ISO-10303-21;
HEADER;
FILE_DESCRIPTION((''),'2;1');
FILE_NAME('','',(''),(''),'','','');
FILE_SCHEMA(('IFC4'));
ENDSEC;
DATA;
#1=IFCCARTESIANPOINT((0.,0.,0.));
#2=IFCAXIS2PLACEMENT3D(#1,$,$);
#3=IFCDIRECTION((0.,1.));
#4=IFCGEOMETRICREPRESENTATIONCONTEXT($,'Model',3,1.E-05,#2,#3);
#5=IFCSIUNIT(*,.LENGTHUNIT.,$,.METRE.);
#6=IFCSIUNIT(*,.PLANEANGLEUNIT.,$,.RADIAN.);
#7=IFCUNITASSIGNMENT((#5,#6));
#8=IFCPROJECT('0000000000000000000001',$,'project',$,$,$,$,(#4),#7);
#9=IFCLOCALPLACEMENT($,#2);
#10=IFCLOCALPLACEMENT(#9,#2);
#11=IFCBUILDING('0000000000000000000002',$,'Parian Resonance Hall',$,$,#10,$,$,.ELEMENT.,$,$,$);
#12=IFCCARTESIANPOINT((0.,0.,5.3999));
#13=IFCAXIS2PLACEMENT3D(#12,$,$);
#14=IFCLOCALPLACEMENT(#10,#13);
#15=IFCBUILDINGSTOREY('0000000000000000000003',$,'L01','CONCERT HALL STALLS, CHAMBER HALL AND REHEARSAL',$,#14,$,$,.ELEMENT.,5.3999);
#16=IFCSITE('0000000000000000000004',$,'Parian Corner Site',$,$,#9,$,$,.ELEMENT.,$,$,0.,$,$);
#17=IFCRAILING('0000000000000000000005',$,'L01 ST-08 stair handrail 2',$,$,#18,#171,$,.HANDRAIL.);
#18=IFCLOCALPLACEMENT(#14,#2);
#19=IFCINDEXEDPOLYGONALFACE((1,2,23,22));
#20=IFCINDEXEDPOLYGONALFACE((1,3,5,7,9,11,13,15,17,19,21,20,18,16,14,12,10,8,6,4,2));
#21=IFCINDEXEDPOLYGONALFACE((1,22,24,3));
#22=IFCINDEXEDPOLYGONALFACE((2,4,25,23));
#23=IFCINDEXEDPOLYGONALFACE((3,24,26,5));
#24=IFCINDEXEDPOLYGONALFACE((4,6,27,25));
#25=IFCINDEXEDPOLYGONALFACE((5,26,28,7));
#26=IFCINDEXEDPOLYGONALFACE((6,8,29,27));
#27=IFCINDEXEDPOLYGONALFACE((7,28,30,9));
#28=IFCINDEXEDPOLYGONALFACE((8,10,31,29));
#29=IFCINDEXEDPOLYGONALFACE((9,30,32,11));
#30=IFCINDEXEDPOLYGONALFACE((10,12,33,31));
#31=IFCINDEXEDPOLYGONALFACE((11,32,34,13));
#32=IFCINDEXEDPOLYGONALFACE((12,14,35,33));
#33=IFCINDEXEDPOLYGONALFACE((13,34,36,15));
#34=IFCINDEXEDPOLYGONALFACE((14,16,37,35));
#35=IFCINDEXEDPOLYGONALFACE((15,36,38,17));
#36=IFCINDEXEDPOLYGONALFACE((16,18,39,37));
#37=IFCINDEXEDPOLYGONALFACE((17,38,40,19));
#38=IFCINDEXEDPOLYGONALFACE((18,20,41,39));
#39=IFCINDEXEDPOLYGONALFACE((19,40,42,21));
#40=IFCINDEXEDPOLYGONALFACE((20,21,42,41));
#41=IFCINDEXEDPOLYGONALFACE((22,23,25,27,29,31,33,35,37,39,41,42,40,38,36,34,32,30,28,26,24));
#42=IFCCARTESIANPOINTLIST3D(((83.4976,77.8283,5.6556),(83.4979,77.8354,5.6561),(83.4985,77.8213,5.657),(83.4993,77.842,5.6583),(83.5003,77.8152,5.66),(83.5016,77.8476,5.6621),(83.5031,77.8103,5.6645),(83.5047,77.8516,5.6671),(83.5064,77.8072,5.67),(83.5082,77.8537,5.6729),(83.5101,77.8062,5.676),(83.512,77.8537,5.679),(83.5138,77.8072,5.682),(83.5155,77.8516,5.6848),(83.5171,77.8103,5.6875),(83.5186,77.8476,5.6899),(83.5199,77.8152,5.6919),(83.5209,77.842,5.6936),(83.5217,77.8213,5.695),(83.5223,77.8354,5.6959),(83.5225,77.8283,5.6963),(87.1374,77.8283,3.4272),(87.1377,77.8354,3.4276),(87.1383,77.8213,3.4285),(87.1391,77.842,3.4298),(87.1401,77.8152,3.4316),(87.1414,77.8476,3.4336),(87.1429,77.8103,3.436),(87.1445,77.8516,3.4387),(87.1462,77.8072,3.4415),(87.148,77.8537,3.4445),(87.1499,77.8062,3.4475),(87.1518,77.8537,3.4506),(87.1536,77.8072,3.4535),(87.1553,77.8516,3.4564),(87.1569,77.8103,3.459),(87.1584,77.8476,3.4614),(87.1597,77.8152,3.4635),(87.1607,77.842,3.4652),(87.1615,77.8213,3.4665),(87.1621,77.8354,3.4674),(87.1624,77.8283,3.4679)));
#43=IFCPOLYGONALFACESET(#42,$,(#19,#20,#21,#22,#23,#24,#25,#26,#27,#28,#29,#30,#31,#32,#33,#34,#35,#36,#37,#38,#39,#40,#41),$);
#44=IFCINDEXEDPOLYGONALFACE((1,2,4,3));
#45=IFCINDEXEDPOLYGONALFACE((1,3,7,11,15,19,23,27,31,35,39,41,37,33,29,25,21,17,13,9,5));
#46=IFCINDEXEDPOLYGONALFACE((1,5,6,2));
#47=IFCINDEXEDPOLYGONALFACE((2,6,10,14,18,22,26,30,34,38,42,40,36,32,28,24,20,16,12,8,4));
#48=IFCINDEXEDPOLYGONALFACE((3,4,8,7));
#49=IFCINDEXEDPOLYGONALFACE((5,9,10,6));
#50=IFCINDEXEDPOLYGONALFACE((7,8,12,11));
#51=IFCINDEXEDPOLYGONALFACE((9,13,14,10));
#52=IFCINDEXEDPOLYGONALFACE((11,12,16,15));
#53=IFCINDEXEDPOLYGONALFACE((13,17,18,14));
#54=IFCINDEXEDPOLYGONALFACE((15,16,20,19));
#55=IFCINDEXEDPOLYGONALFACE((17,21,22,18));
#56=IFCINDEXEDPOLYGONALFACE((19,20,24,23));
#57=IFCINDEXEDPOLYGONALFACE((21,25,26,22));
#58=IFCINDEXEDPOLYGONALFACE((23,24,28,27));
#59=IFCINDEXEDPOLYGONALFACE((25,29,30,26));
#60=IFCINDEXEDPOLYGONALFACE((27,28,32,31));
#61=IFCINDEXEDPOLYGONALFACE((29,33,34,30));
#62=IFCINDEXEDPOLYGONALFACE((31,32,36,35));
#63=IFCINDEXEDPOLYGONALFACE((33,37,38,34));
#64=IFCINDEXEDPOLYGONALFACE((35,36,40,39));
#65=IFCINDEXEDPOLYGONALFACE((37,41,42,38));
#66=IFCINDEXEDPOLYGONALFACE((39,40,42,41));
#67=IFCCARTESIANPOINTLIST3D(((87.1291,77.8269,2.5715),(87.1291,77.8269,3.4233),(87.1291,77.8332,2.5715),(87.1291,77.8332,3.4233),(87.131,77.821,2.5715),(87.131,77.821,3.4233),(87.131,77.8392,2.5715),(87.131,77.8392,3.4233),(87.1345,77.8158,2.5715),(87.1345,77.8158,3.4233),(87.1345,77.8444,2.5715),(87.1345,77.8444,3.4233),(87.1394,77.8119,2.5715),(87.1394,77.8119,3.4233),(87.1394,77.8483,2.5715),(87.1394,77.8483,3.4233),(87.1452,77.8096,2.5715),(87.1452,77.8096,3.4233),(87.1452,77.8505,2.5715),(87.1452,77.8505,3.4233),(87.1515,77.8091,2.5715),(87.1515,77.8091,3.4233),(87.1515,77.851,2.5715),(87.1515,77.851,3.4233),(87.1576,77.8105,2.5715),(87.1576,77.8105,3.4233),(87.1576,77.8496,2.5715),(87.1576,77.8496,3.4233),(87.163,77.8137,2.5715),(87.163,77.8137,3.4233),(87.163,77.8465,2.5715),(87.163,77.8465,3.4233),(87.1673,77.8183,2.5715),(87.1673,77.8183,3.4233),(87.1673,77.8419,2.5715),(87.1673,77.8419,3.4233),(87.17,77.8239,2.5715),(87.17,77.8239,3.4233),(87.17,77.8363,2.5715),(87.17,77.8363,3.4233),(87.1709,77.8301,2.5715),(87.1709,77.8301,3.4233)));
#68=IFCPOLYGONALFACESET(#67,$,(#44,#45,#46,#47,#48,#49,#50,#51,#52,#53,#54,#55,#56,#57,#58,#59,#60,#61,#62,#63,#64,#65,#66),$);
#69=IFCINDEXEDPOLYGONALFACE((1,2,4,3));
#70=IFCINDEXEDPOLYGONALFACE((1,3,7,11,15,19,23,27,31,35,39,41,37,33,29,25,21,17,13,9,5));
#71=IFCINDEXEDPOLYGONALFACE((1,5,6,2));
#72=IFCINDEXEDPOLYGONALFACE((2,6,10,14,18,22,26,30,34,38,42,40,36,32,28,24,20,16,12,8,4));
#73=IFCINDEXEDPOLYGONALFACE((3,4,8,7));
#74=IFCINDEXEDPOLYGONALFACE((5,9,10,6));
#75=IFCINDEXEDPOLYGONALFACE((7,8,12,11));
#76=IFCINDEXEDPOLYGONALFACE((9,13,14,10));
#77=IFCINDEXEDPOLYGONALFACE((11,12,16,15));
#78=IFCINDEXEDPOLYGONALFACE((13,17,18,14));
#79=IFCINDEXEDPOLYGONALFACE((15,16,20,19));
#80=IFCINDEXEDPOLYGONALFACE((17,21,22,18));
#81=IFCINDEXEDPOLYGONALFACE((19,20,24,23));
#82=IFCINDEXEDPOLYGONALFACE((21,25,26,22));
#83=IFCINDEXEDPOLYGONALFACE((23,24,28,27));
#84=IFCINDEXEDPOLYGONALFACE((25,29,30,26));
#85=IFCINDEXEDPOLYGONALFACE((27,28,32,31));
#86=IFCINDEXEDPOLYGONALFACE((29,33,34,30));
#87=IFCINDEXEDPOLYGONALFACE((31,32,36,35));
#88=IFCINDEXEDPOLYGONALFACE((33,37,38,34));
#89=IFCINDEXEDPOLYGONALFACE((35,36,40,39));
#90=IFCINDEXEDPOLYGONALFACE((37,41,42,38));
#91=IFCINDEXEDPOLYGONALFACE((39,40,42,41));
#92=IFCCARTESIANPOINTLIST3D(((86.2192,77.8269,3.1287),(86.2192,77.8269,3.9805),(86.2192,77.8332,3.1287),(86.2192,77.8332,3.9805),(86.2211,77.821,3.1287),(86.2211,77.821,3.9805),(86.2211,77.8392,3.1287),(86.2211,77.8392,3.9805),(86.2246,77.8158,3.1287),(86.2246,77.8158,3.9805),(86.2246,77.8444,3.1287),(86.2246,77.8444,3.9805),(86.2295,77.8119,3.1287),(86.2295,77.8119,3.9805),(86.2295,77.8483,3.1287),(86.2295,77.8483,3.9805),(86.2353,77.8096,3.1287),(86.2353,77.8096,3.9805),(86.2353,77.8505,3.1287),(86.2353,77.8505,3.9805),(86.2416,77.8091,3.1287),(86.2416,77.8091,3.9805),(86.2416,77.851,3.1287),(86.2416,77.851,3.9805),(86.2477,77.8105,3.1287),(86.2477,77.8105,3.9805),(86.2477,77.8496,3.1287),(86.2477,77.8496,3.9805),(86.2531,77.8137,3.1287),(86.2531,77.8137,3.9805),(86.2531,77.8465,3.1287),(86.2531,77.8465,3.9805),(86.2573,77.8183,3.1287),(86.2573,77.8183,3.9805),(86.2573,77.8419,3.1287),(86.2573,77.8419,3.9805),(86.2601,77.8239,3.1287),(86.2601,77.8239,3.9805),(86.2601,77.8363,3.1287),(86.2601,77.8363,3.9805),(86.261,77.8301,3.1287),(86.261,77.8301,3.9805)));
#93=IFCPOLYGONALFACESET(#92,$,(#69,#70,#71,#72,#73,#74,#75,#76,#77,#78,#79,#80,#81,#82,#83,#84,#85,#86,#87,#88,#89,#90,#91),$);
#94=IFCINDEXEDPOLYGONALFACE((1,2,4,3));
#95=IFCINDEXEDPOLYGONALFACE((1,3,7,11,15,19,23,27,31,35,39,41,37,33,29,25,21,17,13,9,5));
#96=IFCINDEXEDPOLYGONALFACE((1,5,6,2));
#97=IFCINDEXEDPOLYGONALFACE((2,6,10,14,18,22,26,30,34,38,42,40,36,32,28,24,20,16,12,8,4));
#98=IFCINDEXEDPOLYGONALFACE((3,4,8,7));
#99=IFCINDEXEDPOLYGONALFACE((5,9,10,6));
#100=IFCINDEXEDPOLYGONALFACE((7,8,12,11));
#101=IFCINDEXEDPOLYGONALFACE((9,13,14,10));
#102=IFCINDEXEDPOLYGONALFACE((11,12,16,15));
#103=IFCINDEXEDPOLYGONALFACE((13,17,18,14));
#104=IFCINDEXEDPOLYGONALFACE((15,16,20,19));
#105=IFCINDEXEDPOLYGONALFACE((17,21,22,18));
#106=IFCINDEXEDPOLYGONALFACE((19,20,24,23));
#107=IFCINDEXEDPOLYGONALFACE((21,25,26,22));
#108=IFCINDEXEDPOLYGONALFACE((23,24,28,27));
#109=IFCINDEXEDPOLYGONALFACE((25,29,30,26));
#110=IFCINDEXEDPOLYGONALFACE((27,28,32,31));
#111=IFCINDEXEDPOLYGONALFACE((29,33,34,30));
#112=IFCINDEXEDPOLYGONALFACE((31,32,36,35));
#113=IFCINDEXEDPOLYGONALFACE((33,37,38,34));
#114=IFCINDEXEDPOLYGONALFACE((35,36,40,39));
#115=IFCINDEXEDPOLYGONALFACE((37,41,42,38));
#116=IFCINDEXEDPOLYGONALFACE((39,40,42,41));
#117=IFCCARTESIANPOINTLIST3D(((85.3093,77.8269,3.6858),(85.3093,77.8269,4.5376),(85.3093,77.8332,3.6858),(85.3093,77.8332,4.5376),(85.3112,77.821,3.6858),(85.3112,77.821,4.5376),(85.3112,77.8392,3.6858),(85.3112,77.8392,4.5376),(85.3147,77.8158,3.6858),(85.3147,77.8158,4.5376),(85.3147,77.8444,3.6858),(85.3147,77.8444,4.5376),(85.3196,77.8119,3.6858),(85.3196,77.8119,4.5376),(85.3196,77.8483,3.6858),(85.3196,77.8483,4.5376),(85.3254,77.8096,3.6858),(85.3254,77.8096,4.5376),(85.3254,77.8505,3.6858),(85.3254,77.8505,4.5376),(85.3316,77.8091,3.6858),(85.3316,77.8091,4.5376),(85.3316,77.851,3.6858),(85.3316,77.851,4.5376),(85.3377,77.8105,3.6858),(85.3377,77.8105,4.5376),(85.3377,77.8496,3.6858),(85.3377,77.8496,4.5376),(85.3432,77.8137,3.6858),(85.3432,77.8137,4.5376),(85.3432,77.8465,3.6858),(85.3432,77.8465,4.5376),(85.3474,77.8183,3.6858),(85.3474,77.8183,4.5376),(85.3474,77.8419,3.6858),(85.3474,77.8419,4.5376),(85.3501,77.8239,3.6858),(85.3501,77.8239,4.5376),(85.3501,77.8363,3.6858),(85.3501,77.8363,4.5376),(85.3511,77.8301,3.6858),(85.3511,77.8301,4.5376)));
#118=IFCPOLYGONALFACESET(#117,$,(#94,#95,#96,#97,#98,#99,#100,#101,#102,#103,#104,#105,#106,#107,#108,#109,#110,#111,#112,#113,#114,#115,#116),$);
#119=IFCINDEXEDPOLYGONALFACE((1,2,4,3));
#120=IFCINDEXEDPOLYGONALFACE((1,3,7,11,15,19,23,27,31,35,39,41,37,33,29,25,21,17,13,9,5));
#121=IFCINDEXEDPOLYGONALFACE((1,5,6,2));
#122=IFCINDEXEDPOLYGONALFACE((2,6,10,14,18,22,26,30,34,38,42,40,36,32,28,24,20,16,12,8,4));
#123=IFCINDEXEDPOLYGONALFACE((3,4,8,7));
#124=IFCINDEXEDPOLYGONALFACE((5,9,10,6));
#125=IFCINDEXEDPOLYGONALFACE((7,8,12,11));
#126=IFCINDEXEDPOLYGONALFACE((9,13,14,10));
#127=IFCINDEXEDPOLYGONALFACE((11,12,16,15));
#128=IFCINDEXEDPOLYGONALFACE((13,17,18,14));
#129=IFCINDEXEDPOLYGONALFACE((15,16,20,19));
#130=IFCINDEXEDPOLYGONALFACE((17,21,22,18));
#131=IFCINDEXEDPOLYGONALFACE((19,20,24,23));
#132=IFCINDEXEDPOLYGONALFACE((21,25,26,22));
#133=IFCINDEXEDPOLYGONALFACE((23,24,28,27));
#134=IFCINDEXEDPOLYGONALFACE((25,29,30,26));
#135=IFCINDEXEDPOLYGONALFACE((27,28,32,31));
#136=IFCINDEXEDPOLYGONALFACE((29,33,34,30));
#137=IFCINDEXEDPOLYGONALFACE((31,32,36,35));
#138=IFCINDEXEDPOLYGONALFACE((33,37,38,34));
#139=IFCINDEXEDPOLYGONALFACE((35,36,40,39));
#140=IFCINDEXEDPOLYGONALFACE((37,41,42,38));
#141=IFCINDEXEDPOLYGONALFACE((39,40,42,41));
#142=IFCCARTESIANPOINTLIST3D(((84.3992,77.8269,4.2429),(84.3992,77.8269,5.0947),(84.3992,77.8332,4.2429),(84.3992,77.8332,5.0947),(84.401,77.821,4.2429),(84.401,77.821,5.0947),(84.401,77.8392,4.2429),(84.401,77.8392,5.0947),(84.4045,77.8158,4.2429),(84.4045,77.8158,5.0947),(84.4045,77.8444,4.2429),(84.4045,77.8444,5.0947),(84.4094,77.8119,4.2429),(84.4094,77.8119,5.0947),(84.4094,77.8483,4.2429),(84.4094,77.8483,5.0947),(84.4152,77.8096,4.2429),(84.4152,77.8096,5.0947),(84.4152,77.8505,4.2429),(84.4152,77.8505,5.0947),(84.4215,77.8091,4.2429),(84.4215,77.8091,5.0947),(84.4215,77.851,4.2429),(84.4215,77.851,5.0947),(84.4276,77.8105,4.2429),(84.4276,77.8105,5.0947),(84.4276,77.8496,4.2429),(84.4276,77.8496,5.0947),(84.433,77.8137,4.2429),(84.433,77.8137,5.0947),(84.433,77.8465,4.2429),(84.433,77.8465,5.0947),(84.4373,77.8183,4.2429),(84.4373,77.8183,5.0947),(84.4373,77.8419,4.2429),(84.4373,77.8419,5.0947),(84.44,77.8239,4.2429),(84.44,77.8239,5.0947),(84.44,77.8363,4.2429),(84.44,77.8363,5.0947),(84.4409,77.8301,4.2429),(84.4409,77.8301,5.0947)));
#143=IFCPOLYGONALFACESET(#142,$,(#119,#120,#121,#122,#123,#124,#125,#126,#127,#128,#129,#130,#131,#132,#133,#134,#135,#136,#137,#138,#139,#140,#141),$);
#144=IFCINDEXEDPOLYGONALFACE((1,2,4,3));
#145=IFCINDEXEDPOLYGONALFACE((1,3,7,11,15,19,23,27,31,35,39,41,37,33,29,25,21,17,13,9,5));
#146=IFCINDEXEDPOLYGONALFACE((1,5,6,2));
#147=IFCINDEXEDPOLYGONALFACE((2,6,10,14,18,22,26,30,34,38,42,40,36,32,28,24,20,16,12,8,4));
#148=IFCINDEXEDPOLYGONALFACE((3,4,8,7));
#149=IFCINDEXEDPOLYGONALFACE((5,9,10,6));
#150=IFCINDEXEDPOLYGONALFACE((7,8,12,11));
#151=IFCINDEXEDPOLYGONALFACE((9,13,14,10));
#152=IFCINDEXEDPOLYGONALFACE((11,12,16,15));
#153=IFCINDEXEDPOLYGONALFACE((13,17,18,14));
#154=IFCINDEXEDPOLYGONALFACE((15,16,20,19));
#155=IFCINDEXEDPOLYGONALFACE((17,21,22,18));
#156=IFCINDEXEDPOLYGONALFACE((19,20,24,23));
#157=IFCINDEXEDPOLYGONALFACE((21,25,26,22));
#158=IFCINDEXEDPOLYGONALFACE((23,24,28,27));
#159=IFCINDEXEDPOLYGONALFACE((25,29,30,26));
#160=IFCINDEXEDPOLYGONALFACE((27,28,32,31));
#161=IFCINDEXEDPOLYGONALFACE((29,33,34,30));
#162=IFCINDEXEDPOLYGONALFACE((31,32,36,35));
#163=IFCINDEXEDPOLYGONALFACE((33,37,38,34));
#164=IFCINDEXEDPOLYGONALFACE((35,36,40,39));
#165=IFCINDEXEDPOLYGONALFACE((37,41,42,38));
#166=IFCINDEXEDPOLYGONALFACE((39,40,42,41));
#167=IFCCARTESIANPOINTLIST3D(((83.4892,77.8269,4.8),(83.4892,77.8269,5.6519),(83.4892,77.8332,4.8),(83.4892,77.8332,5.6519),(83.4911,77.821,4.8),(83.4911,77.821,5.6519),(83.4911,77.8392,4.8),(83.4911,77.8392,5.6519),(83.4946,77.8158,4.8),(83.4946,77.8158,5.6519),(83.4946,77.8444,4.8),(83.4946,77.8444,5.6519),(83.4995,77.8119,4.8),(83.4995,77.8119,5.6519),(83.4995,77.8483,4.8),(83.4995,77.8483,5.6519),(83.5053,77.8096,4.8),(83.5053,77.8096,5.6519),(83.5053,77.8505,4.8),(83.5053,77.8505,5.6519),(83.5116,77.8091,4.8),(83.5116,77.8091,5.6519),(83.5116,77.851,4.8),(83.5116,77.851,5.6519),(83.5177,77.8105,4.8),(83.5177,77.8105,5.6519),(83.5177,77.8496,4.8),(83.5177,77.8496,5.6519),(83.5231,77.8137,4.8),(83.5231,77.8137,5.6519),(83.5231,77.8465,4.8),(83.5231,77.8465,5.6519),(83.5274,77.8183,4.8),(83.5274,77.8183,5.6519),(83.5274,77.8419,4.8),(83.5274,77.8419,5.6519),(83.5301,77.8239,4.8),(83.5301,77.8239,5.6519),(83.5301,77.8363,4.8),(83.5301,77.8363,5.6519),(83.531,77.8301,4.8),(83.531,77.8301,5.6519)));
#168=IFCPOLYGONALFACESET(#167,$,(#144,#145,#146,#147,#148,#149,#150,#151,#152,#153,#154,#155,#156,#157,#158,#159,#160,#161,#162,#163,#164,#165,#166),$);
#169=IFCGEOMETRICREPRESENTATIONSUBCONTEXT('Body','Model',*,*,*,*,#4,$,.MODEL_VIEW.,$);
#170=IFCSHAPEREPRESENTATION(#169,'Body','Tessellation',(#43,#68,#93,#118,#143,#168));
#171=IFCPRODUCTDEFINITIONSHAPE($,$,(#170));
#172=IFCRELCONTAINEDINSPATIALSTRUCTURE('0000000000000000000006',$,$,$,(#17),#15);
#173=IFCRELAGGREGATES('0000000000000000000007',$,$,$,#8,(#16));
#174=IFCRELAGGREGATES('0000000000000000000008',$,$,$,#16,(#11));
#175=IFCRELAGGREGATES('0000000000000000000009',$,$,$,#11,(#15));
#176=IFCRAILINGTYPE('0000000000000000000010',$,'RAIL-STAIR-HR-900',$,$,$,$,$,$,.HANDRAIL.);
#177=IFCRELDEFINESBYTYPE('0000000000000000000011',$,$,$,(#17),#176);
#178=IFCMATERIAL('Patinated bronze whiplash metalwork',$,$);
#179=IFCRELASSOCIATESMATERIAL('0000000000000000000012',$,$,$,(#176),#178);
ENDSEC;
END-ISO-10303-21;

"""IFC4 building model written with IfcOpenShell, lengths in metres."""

from ifc_helpers import new_model, si_unit, direction, frame, origin, origin_2d, place, context, subcontext, project, spatial, circle, extrude, material, type_object, element, save


model = new_model("IFC4")

# Units and contexts
model_context = context("Model", 3, precision=1e-05, world=origin(), true_north=direction((0.0, 1.0)))
body_context = subcontext(model_context, "Body", "Model", "MODEL_VIEW")
ifc_project = project(units=[si_unit("LENGTHUNIT", "METRE"), si_unit("PLANEANGLEUNIT", "RADIAN")], contexts=[model_context])

# Site, building, storey
site_placement = place(None, origin())
site = spatial("IfcSite", under=ifc_project, at=site_placement, Name="Parian Corner Site", CompositionType="ELEMENT", RefElevation=0.0)
building_placement = place(site_placement, origin())
building = spatial("IfcBuilding", under=site, at=building_placement, Name="Parian Resonance Hall", CompositionType="ELEMENT")
storey_placement = place(building_placement, frame((0.0, 0.0, 5.3999)))
storey = spatial("IfcBuildingStorey", under=building, at=storey_placement, Name="L01", Description="CONCERT HALL STALLS, CHAMBER HALL AND REHEARSAL", CompositionType="ELEMENT", Elevation=5.3999)

# Railing
ifc_material_1 = material(Name="Patinated bronze whiplash metalwork")
railing_type_1 = type_object("IfcRailingType", Name="RAIL-STAIR-HR-900", PredefinedType="HANDRAIL", material=ifc_material_1)
railing_1_placement = place(storey_placement, frame((87.1499, 77.8301, 2.5715)))
element("IfcRailing", 1, at=railing_1_placement, inside=storey, type_object=railing_type_1, Name="L01 ST-08 stair handrail 2", PredefinedType="HANDRAIL", context=body_context, shape_type="SweptSolid", body=[
    extrude(circle(Radius=0.0239, at=origin_2d()), frame((0.0, 0.0, 0.876), z_axis=(-0.85285, 0.0, 0.522156), x_axis=(0.0, -1.0, 0.0)), (0.0, 0.0, 1.0), 4.2678),
    extrude(circle(Radius=0.021, at=origin_2d()), origin(), (0.0, 0.0, 1.0), 0.8518),
    extrude(circle(Radius=0.021, at=origin_2d()), frame((-0.9099, 0.0, 0.5571)), (0.0, 0.0, 1.0), 0.8518),
    extrude(circle(Radius=0.021, at=origin_2d()), frame((-1.8198, 0.0, 1.1143)), (0.0, 0.0, 1.0), 0.8518),
    extrude(circle(Radius=0.021, at=origin_2d()), frame((-2.73, 0.0, 1.6714)), (0.0, 0.0, 1.0), 0.8518),
    extrude(circle(Radius=0.021, at=origin_2d()), frame((-3.6399, 0.0, 2.2285)), (0.0, 0.0, 1.0), 0.8518),
])

save(model, "model.ifc")
